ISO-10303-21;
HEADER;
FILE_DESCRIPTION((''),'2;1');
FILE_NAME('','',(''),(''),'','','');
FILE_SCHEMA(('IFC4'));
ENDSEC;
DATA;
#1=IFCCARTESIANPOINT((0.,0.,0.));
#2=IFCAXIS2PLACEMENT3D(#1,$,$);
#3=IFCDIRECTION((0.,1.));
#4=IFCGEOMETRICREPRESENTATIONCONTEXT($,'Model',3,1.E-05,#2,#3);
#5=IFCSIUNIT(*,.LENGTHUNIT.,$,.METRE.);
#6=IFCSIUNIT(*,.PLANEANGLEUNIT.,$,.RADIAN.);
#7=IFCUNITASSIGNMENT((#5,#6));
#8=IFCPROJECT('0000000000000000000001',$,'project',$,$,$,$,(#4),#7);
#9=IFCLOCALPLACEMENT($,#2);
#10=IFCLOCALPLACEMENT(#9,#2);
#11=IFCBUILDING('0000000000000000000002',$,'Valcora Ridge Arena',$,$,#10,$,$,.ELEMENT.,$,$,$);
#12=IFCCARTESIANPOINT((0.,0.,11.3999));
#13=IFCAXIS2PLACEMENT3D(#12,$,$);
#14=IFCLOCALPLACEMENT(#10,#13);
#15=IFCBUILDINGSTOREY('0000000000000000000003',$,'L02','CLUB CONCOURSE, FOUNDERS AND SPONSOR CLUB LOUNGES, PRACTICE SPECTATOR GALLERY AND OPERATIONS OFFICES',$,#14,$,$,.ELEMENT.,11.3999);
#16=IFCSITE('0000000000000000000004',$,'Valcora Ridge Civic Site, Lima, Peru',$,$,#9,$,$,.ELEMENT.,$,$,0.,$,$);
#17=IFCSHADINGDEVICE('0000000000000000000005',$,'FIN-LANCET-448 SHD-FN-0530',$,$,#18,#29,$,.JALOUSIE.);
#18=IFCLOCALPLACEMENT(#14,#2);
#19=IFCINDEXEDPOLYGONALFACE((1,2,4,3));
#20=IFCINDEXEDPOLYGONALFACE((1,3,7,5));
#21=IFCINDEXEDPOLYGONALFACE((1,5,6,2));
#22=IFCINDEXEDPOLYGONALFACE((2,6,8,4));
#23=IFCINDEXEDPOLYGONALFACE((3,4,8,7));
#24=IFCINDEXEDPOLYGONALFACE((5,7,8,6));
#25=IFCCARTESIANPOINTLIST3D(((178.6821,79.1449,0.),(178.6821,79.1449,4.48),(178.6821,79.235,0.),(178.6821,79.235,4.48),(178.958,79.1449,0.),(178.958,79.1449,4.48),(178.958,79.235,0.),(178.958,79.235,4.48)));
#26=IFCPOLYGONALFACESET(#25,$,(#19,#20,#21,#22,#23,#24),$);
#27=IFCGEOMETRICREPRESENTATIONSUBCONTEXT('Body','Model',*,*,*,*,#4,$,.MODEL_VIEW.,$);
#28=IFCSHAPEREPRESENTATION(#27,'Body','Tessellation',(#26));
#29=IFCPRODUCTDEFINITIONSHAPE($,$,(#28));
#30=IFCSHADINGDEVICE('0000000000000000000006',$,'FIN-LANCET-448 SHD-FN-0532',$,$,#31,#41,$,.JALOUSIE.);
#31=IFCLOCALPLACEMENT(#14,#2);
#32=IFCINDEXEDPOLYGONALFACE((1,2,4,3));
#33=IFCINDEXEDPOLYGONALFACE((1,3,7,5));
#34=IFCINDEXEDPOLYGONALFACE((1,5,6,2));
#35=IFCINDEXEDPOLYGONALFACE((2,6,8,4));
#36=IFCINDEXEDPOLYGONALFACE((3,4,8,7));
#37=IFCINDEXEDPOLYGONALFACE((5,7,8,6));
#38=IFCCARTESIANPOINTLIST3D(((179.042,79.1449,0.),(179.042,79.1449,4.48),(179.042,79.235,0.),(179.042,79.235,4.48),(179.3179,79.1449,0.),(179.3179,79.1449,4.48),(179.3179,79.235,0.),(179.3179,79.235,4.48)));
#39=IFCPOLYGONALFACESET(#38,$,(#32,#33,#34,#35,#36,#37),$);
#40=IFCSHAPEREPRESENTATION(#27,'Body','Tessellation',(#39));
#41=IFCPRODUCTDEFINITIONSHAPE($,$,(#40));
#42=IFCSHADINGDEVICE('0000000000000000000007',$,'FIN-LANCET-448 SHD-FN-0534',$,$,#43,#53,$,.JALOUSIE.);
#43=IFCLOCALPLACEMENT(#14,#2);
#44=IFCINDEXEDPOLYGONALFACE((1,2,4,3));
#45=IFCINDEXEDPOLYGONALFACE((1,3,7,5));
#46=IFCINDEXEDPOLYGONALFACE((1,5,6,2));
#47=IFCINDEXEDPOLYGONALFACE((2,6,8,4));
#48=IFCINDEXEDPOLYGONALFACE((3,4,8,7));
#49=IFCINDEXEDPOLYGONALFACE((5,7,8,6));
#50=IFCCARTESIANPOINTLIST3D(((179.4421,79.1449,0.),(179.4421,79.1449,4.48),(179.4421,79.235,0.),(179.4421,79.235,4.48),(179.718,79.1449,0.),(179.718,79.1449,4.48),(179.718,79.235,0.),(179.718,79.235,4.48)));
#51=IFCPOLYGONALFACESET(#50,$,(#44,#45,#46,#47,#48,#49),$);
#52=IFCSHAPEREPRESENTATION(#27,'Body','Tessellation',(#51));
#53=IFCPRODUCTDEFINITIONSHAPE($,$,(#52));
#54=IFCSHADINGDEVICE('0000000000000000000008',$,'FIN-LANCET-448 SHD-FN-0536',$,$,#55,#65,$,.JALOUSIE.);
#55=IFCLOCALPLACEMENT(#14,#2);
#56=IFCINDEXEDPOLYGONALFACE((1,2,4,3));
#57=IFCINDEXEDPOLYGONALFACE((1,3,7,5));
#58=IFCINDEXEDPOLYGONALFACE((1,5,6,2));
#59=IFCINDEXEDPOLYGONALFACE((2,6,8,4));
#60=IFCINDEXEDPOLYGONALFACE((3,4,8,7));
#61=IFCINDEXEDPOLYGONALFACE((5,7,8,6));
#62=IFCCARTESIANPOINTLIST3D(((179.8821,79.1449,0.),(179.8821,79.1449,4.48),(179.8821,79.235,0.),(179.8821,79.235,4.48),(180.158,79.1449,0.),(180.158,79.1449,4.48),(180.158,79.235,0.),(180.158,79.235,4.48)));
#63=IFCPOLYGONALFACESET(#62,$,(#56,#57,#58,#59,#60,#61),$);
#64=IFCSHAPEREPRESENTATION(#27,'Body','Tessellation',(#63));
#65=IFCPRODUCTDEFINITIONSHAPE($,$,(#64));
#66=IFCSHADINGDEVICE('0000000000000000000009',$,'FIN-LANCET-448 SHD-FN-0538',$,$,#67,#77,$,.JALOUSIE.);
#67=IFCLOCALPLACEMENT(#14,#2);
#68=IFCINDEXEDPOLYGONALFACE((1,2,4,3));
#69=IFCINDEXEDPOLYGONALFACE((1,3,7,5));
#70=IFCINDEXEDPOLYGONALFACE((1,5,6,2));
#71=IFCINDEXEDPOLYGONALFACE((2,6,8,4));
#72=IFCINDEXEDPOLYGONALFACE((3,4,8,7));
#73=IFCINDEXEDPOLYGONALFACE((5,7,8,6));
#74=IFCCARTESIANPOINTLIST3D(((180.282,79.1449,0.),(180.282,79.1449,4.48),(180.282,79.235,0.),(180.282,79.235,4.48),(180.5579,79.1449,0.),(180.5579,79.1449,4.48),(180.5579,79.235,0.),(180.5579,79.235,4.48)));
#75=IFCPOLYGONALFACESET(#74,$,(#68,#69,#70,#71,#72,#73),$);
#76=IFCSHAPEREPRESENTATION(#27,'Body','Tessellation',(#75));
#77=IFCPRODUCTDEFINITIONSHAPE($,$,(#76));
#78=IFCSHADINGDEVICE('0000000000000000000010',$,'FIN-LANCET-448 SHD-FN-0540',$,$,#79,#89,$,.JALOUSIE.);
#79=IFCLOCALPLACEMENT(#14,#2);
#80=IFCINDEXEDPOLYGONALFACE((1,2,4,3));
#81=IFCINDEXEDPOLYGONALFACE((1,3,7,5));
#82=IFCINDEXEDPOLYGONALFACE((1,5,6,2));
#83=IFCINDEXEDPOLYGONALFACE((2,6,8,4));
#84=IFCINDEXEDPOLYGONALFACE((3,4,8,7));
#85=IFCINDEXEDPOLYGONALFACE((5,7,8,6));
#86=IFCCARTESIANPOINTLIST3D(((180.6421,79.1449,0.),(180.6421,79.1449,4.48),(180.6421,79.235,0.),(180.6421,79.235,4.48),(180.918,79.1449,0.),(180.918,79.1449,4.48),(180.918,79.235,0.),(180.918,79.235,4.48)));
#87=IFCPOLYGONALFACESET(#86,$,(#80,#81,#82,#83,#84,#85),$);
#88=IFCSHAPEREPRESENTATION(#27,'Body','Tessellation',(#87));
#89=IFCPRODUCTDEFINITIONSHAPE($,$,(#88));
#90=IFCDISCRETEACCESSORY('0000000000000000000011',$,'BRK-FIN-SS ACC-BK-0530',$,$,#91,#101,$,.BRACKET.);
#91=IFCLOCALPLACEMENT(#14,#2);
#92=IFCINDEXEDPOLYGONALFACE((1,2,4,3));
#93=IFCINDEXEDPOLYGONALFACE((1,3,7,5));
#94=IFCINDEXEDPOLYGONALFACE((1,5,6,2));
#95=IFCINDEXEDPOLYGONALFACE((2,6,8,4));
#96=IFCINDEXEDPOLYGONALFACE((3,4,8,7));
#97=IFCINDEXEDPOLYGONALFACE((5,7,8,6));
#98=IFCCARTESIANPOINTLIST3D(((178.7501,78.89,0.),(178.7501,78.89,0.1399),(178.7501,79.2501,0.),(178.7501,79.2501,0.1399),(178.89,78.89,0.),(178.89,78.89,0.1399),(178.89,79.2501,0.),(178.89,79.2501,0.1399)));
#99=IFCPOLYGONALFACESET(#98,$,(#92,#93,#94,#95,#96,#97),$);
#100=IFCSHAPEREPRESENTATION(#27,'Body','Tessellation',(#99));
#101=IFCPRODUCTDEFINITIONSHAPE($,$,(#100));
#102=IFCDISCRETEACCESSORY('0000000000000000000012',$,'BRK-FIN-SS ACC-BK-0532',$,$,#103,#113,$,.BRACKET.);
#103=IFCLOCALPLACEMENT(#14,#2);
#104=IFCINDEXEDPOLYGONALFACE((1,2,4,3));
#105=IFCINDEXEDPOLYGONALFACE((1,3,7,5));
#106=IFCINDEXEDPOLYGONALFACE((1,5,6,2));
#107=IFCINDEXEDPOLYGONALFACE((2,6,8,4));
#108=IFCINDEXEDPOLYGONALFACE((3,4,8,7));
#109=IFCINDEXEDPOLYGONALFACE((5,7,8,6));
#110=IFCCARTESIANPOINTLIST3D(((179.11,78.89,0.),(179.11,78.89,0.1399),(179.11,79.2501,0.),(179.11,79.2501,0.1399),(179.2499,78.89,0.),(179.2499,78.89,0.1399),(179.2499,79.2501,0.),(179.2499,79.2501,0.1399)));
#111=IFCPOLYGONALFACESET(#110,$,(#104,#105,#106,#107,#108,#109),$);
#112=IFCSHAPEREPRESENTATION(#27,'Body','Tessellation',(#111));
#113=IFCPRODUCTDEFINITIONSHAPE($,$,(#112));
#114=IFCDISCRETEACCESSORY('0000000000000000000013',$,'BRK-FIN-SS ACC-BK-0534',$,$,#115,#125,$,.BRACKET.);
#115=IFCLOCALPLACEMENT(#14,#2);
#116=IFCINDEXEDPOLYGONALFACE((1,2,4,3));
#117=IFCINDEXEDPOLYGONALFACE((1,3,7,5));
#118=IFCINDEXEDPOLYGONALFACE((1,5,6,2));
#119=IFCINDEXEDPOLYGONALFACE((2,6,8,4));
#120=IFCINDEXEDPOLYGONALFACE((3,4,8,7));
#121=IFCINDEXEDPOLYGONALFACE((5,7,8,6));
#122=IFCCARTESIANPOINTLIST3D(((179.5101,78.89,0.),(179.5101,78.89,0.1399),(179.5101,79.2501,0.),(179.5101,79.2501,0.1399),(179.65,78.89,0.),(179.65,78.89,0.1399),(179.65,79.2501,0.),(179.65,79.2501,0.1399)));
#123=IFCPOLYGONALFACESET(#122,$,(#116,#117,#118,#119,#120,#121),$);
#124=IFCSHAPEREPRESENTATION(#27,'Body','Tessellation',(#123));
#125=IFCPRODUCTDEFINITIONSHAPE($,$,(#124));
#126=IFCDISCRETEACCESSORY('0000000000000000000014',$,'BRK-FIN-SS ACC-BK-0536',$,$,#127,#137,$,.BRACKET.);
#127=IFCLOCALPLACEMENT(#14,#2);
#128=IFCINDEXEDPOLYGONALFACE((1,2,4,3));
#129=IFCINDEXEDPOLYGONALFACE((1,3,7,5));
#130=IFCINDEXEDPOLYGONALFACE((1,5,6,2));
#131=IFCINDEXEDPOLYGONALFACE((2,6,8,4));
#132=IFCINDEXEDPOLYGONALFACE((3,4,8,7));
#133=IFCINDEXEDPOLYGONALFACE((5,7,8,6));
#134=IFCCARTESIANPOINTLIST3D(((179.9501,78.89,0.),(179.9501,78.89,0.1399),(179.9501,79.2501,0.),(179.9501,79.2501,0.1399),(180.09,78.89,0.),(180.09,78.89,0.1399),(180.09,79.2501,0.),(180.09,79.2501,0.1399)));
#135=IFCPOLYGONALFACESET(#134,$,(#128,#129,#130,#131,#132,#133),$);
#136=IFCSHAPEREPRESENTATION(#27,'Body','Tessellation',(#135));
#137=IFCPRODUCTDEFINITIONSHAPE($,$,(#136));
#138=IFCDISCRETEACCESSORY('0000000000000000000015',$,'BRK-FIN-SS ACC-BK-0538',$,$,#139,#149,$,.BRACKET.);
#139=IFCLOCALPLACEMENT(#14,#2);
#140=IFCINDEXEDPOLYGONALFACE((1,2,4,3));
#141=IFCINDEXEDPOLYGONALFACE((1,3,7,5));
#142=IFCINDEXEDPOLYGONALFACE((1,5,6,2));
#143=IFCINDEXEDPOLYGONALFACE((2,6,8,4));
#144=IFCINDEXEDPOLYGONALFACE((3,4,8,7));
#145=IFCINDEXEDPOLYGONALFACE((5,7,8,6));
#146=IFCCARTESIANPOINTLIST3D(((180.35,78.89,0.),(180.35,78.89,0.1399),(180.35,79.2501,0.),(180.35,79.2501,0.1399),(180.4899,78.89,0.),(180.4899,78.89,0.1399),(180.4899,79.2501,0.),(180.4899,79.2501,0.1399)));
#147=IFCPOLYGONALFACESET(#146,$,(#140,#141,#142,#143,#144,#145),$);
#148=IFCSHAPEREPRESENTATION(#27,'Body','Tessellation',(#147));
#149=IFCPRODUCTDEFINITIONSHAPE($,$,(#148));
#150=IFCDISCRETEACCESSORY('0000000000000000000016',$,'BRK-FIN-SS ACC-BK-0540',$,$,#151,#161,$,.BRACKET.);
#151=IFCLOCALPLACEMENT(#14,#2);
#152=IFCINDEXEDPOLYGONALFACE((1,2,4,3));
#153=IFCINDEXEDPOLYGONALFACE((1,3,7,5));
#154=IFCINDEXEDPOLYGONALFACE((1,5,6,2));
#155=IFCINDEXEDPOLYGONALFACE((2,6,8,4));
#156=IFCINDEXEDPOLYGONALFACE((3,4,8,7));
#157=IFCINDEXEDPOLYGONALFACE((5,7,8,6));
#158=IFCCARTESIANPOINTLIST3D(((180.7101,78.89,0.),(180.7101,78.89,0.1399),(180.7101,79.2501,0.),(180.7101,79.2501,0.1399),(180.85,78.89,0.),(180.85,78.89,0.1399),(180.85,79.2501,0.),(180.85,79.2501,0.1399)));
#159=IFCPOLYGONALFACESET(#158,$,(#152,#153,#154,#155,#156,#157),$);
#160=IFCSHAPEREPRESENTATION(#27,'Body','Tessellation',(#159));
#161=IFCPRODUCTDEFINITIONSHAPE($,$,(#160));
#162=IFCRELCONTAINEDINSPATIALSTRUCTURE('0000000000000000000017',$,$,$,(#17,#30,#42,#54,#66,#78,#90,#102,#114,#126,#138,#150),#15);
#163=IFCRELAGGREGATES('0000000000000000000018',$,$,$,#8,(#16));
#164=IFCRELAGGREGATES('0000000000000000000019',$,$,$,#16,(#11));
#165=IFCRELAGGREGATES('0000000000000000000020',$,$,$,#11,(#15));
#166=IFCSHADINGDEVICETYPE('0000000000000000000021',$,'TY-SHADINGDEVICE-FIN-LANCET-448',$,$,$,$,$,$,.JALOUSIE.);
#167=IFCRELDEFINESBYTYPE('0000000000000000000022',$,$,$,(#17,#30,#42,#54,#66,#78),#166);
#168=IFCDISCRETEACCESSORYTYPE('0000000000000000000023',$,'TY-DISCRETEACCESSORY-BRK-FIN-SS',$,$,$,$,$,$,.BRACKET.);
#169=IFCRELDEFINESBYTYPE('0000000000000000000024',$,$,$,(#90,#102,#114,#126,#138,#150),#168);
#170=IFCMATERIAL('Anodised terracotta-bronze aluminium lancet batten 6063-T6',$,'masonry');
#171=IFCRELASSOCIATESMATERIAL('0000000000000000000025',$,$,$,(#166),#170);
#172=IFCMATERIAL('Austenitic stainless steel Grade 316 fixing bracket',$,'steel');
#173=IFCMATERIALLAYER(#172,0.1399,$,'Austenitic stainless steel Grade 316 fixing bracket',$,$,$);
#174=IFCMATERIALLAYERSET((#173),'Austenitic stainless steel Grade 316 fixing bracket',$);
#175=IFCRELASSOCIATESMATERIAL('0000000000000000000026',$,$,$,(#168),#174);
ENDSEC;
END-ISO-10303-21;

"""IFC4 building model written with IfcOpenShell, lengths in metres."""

from ifc_helpers import new_model, si_unit, direction, frame, origin, origin_2d, place, context, subcontext, project, spatial, rectangle, extrude, material, layer, layer_set, material_profile, profile_set, type_object, element, save


model = new_model("IFC4")

# Units and contexts
model_context = context("Model", 3, precision=1e-05, world=origin(), true_north=direction((0.0, 1.0)))
body_context = subcontext(model_context, "Body", "Model", "MODEL_VIEW")
ifc_project = project(units=[si_unit("LENGTHUNIT", "METRE"), si_unit("PLANEANGLEUNIT", "RADIAN")], contexts=[model_context])

# Site, building, storey
site_placement = place(None, origin())
site = spatial("IfcSite", under=ifc_project, at=site_placement, Name="Valcora Ridge Civic Site, Lima, Peru", CompositionType="ELEMENT", RefElevation=0.0)
building_placement = place(site_placement, origin())
building = spatial("IfcBuilding", under=site, at=building_placement, Name="Valcora Ridge Arena", CompositionType="ELEMENT")
storey_placement = place(building_placement, frame((0.0, 0.0, 11.3999)))
storey = spatial("IfcBuildingStorey", under=building, at=storey_placement, Name="L02", Description="CLUB CONCOURSE, FOUNDERS AND SPONSOR CLUB LOUNGES, PRACTICE SPECTATOR GALLERY AND OPERATIONS OFFICES", CompositionType="ELEMENT", Elevation=11.3999)

# Shared definitions
ifc_material_1 = material(Name="Anodised terracotta-bronze aluminium lancet batten 6063-T6", Category="masonry")

# Shading devices
ifc_material_profile_1 = material_profile(ifc_material_1, rectangle(XDim=0.0901, YDim=0.2759, at=origin_2d()), Name="ALU LANCET BATTEN 90x276")
ifc_profile_set_1 = profile_set([ifc_material_profile_1], Name="Anodised terracotta-bronze aluminium lancet batten 6063-T6")
shading_device_type = type_object("IfcShadingDeviceType", Name="TY-SHADINGDEVICE-FIN-LANCET-448", PredefinedType="JALOUSIE", material=ifc_profile_set_1)
for number, where, z_axis, x_axis, name in (
    (1, (178.8201, 79.1899, 0.0), (0.0, 0.0, 1.0), (0.0, 1.0, 0.0), "FIN-LANCET-448 SHD-FN-0530"),
    (2, (179.1799, 79.1899, 0.0), (0.0, 0.0, 1.0), (0.0, 1.0, 0.0), "FIN-LANCET-448 SHD-FN-0532"),
    (3, (179.5801, 79.1899, 0.0), (0.0, 0.0, 1.0), (0.0, 1.0, 0.0), "FIN-LANCET-448 SHD-FN-0534"),
    (4, (180.02, 79.1899, 0.0), (0.0, 0.0, 1.0), (0.0, 1.0, 0.0), "FIN-LANCET-448 SHD-FN-0536"),
    (5, (180.4199, 79.1899, 0.0), (0.0, 0.0, 1.0), (0.0, 1.0, 0.0), "FIN-LANCET-448 SHD-FN-0538"),
    (6, (180.78, 79.1899, 0.0), (0.0, 0.0, 1.0), (0.0, 1.0, 0.0), "FIN-LANCET-448 SHD-FN-0540"),
):
    element("IfcShadingDevice", number, at=place(storey_placement, frame(where, z_axis=z_axis, x_axis=x_axis)), inside=storey, type_object=shading_device_type, Name=name, PredefinedType="JALOUSIE", context=body_context, shape_type="SweptSolid", body=[
        extrude(rectangle(XDim=0.0901, YDim=0.2759, at=origin_2d()), origin(), (0.0, 0.0, 1.0), 4.48),
    ])

# Discrete accessories
ifc_material_2 = material(Name="Austenitic stainless steel Grade 316 fixing bracket", Category="steel")
ifc_layer_1 = layer(ifc_material_2, 0.1399, Name="Austenitic stainless steel Grade 316 fixing bracket")
ifc_layer_set_1 = layer_set([ifc_layer_1], Name="Austenitic stainless steel Grade 316 fixing bracket")
discrete_accessory_type = type_object("IfcDiscreteAccessoryType", Name="TY-DISCRETEACCESSORY-BRK-FIN-SS", PredefinedType="BRACKET", material=ifc_layer_set_1)
for number, where, z_axis, x_axis, name in (
    (7, (178.8201, 79.0701, 0.0), (0.0, 0.0, 1.0), (0.0, 1.0, 0.0), "BRK-FIN-SS ACC-BK-0530"),
    (8, (179.1799, 79.0701, 0.0), (0.0, 0.0, 1.0), (0.0, 1.0, 0.0), "BRK-FIN-SS ACC-BK-0532"),
    (9, (179.5801, 79.0701, 0.0), (0.0, 0.0, 1.0), (0.0, 1.0, 0.0), "BRK-FIN-SS ACC-BK-0534"),
    (10, (180.02, 79.0701, 0.0), (0.0, 0.0, 1.0), (0.0, 1.0, 0.0), "BRK-FIN-SS ACC-BK-0536"),
    (11, (180.4199, 79.0701, 0.0), (0.0, 0.0, 1.0), (0.0, 1.0, 0.0), "BRK-FIN-SS ACC-BK-0538"),
    (12, (180.78, 79.0701, 0.0), (0.0, 0.0, 1.0), (0.0, 1.0, 0.0), "BRK-FIN-SS ACC-BK-0540"),
):
    element("IfcDiscreteAccessory", number, at=place(storey_placement, frame(where, z_axis=z_axis, x_axis=x_axis)), inside=storey, type_object=discrete_accessory_type, Name=name, PredefinedType="BRACKET", context=body_context, shape_type="SweptSolid", body=[
        extrude(rectangle(XDim=0.3601, YDim=0.1399, at=origin_2d()), origin(), (0.0, 0.0, 1.0), 0.1399),
    ])

save(model, "model.ifc")
